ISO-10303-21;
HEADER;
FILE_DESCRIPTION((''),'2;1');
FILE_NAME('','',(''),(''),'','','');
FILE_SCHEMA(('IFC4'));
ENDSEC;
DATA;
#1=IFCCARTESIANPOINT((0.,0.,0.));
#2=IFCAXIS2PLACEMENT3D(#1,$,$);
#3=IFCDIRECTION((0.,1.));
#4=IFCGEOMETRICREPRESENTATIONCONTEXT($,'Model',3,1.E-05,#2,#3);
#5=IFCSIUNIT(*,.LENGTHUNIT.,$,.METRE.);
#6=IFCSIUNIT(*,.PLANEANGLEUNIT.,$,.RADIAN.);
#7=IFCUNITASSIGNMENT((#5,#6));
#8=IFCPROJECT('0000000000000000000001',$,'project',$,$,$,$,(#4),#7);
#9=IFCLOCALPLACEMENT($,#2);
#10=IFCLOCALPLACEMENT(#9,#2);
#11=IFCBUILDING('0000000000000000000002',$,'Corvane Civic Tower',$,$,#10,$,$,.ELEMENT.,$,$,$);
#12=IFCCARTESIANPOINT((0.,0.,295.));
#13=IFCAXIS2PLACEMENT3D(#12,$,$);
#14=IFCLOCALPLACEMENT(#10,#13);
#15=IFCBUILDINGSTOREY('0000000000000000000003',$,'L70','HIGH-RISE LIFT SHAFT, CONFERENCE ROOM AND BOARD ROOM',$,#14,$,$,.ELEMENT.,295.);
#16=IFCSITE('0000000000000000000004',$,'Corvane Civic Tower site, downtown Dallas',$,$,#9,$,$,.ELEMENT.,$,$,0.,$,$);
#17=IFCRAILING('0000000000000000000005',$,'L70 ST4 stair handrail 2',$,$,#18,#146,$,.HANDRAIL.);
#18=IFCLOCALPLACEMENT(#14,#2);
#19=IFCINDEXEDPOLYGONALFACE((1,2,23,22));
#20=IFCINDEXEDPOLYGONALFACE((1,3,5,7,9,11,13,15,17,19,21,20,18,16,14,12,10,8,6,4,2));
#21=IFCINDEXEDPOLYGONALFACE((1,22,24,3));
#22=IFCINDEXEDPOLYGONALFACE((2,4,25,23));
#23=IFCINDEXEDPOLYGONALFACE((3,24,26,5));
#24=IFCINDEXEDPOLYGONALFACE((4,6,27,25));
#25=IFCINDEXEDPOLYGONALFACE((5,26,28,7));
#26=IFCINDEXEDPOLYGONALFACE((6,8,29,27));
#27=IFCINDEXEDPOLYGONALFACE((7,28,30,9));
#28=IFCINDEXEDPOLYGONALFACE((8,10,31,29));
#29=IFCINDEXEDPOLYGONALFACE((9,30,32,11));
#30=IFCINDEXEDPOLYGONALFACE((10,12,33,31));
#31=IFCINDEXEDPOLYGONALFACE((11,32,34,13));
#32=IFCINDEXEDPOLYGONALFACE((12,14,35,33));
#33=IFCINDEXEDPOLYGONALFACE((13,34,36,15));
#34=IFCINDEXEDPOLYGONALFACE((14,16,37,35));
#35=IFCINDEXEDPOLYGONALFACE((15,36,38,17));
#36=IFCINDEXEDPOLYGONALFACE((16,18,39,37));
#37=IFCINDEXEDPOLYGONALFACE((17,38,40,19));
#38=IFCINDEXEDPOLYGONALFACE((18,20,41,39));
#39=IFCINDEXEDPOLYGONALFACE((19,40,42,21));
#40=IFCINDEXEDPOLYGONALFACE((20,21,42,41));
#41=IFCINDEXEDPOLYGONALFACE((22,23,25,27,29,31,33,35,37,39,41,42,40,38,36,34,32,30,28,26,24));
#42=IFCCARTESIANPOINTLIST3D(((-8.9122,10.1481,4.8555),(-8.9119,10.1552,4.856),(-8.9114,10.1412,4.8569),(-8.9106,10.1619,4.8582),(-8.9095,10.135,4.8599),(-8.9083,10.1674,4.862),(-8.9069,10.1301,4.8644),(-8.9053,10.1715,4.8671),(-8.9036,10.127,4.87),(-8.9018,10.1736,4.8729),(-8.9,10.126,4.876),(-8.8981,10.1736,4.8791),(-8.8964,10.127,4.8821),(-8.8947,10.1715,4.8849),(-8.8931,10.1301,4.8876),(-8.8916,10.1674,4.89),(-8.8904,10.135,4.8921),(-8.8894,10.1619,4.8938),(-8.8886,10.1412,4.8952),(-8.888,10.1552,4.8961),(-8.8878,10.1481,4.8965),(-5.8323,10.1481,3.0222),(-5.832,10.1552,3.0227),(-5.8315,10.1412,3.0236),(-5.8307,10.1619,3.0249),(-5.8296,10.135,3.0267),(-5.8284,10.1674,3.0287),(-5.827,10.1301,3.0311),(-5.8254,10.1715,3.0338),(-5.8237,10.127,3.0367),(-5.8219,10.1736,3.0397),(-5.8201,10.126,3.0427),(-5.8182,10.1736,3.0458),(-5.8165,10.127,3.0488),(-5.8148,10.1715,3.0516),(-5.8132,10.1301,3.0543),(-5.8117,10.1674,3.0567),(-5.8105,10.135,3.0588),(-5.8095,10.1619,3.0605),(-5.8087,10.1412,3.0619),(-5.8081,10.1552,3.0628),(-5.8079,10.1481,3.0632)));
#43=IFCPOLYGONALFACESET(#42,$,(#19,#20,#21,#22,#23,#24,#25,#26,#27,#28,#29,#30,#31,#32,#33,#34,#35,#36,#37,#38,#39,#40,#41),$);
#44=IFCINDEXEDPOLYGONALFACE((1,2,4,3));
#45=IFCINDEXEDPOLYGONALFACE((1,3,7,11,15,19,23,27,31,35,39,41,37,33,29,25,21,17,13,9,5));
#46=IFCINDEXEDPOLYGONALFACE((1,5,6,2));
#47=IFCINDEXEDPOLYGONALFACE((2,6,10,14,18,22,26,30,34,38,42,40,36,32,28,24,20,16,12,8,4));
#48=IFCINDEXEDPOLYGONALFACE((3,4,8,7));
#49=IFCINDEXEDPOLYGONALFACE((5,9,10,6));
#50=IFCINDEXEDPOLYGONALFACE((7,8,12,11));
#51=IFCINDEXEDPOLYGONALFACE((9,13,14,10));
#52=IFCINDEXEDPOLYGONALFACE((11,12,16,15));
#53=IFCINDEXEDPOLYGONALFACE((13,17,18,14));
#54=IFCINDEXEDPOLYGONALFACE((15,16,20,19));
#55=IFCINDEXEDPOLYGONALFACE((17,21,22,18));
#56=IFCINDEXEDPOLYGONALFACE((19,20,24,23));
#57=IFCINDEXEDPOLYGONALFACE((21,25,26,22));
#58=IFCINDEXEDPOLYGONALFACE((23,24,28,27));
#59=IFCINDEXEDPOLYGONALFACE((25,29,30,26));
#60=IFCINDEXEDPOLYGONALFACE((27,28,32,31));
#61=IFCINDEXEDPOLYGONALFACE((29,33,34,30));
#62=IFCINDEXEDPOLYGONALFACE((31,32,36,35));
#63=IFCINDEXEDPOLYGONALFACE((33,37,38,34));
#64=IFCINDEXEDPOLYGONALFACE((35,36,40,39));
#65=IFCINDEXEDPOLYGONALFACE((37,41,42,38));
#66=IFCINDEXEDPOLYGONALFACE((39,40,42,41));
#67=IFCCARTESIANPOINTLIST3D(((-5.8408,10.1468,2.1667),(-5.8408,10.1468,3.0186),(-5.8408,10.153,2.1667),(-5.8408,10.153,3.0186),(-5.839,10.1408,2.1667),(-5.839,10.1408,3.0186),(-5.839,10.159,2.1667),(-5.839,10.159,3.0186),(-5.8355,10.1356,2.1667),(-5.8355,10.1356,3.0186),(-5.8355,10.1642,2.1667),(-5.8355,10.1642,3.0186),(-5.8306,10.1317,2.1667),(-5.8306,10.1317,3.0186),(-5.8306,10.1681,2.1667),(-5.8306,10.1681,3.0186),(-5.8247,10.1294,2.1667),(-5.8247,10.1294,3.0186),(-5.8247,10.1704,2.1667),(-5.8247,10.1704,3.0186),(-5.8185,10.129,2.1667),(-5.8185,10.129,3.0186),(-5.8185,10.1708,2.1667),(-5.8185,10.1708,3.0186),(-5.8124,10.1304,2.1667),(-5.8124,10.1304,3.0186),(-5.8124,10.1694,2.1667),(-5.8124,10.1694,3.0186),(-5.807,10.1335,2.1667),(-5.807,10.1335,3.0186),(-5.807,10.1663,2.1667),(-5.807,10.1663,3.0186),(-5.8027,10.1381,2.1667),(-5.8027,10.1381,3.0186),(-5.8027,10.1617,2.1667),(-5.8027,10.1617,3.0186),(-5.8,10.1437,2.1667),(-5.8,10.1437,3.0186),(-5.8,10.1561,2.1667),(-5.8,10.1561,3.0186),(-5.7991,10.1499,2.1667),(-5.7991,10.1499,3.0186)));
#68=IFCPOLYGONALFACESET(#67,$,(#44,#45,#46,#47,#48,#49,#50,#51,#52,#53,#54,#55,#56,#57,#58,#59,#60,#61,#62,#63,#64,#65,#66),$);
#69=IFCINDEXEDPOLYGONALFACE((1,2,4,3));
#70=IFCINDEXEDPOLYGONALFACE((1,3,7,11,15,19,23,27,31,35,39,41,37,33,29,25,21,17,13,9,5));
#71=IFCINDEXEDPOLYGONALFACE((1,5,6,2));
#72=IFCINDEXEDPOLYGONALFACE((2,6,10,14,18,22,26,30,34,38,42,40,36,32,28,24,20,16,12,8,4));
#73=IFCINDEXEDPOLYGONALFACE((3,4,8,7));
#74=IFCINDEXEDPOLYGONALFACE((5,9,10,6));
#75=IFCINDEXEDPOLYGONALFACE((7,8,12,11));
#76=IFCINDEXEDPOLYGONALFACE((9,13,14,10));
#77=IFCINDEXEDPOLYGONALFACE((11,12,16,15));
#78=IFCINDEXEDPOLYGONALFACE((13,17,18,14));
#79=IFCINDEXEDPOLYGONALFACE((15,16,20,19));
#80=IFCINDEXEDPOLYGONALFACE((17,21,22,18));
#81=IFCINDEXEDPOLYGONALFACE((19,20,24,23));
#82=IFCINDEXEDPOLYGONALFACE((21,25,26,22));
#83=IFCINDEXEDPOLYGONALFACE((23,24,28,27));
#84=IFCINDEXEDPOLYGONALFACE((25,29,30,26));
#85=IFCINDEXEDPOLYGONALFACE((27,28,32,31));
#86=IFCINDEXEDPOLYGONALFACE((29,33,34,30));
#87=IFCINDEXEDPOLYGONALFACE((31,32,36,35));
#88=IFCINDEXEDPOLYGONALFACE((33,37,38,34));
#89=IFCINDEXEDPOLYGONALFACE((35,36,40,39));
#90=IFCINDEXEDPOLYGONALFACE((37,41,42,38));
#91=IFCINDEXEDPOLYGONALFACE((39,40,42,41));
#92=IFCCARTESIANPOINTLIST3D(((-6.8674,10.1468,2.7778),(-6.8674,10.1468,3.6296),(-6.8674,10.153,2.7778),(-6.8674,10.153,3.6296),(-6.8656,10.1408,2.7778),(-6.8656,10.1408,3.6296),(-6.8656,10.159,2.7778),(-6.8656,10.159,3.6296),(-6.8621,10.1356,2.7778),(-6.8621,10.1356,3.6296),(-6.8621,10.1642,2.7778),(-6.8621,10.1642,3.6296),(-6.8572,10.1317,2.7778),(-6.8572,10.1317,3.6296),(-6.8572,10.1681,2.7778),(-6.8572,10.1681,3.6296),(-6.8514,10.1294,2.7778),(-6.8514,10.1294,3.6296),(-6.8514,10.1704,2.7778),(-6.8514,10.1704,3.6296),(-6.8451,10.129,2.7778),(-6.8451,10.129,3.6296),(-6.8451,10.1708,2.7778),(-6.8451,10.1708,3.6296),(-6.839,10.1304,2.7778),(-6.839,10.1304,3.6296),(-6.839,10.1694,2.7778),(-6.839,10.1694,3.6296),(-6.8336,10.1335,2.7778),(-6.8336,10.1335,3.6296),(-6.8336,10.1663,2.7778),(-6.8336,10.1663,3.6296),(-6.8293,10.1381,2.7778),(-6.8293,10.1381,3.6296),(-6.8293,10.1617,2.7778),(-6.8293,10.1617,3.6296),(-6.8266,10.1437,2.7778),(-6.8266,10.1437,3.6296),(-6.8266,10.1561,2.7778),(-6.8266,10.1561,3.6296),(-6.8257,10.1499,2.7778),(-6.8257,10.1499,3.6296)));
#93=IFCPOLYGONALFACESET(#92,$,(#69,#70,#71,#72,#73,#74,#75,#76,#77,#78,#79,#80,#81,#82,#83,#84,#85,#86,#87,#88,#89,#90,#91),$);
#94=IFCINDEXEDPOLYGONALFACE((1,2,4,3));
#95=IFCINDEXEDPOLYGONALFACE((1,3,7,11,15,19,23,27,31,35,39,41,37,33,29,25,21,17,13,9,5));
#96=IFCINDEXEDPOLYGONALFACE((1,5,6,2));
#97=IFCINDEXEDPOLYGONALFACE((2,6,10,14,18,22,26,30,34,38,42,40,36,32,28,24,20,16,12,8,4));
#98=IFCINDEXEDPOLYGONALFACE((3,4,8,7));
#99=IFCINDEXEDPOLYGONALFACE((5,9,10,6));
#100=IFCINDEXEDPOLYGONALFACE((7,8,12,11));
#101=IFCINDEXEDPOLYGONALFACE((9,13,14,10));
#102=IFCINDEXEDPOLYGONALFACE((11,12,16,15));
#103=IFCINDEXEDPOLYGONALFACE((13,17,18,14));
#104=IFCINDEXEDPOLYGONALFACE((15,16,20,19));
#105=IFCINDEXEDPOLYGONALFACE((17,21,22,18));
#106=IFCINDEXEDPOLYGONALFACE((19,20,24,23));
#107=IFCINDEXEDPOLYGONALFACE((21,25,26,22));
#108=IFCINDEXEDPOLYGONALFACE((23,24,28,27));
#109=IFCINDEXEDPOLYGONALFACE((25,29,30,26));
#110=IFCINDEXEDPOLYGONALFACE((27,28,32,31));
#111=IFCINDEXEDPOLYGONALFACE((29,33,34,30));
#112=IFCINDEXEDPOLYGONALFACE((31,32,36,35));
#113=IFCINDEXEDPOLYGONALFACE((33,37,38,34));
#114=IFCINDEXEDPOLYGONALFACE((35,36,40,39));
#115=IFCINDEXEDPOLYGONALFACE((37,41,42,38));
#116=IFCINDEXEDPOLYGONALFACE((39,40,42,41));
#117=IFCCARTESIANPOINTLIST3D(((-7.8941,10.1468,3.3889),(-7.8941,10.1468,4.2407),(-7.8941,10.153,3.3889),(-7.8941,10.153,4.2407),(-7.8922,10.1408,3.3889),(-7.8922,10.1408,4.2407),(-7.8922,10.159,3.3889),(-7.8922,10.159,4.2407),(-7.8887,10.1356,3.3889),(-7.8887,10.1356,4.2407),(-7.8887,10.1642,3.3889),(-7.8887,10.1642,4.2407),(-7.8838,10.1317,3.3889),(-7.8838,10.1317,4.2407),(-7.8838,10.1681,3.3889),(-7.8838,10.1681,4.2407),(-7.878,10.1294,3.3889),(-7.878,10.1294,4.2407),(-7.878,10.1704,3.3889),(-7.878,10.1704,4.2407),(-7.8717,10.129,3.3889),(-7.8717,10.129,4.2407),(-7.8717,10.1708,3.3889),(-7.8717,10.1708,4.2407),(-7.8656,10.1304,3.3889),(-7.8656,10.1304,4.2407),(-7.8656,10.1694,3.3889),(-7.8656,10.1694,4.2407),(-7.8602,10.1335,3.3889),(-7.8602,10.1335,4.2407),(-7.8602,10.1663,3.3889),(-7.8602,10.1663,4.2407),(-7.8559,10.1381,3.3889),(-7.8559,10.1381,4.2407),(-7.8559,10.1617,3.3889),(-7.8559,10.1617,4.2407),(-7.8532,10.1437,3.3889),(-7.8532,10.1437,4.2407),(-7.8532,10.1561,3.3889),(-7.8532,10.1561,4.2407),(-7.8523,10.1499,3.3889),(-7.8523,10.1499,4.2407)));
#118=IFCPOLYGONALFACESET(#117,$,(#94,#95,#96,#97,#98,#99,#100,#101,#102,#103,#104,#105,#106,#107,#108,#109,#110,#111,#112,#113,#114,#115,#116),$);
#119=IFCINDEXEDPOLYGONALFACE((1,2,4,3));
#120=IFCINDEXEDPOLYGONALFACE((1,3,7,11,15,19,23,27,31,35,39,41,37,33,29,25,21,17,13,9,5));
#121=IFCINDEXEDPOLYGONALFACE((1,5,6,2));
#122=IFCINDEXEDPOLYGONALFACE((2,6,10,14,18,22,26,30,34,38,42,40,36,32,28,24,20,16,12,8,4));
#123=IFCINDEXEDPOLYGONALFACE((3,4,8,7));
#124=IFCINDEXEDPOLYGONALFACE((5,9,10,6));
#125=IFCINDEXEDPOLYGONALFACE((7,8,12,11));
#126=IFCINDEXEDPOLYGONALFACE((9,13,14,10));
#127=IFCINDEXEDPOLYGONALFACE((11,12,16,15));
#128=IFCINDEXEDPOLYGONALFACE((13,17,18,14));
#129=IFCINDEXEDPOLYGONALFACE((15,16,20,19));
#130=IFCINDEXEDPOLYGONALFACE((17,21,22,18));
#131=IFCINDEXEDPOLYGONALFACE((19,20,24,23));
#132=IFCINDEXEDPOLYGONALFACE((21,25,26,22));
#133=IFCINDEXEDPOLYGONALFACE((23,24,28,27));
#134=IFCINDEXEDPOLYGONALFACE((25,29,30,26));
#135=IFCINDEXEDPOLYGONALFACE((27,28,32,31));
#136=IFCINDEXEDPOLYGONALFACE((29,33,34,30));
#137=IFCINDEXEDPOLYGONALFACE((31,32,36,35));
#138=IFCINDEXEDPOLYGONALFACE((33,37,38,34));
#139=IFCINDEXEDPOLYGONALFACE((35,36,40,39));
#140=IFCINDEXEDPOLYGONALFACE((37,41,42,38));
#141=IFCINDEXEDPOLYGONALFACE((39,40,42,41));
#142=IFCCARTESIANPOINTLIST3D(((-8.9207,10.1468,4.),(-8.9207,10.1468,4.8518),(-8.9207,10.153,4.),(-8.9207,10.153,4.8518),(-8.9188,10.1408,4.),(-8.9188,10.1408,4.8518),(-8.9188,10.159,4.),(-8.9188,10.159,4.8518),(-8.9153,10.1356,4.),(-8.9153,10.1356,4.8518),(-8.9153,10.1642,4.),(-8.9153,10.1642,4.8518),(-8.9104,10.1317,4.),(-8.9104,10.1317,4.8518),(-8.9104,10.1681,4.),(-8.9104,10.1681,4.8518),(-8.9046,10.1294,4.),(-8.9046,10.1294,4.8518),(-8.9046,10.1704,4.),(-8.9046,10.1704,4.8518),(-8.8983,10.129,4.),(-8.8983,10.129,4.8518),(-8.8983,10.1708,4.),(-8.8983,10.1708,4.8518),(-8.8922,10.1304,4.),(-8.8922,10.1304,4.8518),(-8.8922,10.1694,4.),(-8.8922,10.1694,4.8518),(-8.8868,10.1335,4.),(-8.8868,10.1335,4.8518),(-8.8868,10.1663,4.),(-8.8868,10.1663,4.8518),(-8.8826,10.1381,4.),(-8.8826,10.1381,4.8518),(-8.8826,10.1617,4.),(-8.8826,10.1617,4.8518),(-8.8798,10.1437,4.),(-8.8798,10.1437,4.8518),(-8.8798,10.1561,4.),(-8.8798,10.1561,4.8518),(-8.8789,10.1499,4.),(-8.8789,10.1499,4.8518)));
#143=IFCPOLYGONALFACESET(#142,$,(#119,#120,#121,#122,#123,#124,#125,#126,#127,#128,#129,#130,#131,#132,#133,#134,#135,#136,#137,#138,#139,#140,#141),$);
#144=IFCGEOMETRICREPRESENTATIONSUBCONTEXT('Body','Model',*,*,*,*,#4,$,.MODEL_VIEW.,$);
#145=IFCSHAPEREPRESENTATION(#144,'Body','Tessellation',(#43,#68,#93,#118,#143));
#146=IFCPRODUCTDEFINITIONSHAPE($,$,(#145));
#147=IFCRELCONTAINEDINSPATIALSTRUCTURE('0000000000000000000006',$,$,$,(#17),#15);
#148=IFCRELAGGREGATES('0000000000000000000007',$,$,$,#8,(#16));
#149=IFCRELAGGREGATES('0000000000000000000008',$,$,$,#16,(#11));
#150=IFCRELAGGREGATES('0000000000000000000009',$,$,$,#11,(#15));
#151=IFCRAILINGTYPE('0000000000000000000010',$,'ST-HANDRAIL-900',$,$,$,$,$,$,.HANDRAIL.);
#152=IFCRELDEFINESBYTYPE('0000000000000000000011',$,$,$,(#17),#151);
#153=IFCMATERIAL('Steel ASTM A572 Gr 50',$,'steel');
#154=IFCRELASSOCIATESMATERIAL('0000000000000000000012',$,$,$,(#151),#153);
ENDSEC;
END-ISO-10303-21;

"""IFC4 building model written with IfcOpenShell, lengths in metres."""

from ifc_helpers import new_model, si_unit, direction, frame, origin, origin_2d, place, context, subcontext, project, spatial, circle, extrude, material, type_object, element, save


model = new_model("IFC4")

# Units and contexts
model_context = context("Model", 3, precision=1e-05, world=origin(), true_north=direction((0.0, 1.0)))
body_context = subcontext(model_context, "Body", "Model", "MODEL_VIEW")
ifc_project = project(units=[si_unit("LENGTHUNIT", "METRE"), si_unit("PLANEANGLEUNIT", "RADIAN")], contexts=[model_context])

# Site, building, storey
site_placement = place(None, origin())
site = spatial("IfcSite", under=ifc_project, at=site_placement, Name="Corvane Civic Tower site, downtown Dallas", CompositionType="ELEMENT", RefElevation=0.0)
building_placement = place(site_placement, origin())
building = spatial("IfcBuilding", under=site, at=building_placement, Name="Corvane Civic Tower", CompositionType="ELEMENT")
storey_placement = place(building_placement, frame((0.0, 0.0, 295.0)))
storey = spatial("IfcBuildingStorey", under=building, at=storey_placement, Name="L70", Description="HIGH-RISE LIFT SHAFT, CONFERENCE ROOM AND BOARD ROOM", CompositionType="ELEMENT", Elevation=295.0)

# Railing
ifc_material_1 = material(Name="Steel ASTM A572 Gr 50", Category="steel")
railing_type_1 = type_object("IfcRailingType", Name="ST-HANDRAIL-900", PredefinedType="HANDRAIL", material=ifc_material_1)
railing_1_placement = place(storey_placement, frame((-5.8201, 10.1499, 2.1667)))
element("IfcRailing", 1, at=railing_1_placement, inside=storey, type_object=railing_type_1, Name="L70 ST4 stair handrail 2", PredefinedType="HANDRAIL", context=body_context, shape_type="SweptSolid", body=[
    extrude(circle(Radius=0.0239, at=origin_2d()), frame((0.0, 0.0, 0.876), z_axis=(-0.859291, 0.0, 0.511487), x_axis=(0.0, -1.0, 0.0)), (0.0, 0.0, 1.0), 3.5842),
    extrude(circle(Radius=0.021, at=origin_2d()), origin(), (0.0, 0.0, 1.0), 0.8518),
    extrude(circle(Radius=0.021, at=origin_2d()), frame((-1.0266, 0.0, 0.6111)), (0.0, 0.0, 1.0), 0.8518),
    extrude(circle(Radius=0.021, at=origin_2d()), frame((-2.0532, 0.0, 1.2222)), (0.0, 0.0, 1.0), 0.8518),
    extrude(circle(Radius=0.021, at=origin_2d()), frame((-3.0798, 0.0, 1.8333)), (0.0, 0.0, 1.0), 0.8518),
])

save(model, "model.ifc")
